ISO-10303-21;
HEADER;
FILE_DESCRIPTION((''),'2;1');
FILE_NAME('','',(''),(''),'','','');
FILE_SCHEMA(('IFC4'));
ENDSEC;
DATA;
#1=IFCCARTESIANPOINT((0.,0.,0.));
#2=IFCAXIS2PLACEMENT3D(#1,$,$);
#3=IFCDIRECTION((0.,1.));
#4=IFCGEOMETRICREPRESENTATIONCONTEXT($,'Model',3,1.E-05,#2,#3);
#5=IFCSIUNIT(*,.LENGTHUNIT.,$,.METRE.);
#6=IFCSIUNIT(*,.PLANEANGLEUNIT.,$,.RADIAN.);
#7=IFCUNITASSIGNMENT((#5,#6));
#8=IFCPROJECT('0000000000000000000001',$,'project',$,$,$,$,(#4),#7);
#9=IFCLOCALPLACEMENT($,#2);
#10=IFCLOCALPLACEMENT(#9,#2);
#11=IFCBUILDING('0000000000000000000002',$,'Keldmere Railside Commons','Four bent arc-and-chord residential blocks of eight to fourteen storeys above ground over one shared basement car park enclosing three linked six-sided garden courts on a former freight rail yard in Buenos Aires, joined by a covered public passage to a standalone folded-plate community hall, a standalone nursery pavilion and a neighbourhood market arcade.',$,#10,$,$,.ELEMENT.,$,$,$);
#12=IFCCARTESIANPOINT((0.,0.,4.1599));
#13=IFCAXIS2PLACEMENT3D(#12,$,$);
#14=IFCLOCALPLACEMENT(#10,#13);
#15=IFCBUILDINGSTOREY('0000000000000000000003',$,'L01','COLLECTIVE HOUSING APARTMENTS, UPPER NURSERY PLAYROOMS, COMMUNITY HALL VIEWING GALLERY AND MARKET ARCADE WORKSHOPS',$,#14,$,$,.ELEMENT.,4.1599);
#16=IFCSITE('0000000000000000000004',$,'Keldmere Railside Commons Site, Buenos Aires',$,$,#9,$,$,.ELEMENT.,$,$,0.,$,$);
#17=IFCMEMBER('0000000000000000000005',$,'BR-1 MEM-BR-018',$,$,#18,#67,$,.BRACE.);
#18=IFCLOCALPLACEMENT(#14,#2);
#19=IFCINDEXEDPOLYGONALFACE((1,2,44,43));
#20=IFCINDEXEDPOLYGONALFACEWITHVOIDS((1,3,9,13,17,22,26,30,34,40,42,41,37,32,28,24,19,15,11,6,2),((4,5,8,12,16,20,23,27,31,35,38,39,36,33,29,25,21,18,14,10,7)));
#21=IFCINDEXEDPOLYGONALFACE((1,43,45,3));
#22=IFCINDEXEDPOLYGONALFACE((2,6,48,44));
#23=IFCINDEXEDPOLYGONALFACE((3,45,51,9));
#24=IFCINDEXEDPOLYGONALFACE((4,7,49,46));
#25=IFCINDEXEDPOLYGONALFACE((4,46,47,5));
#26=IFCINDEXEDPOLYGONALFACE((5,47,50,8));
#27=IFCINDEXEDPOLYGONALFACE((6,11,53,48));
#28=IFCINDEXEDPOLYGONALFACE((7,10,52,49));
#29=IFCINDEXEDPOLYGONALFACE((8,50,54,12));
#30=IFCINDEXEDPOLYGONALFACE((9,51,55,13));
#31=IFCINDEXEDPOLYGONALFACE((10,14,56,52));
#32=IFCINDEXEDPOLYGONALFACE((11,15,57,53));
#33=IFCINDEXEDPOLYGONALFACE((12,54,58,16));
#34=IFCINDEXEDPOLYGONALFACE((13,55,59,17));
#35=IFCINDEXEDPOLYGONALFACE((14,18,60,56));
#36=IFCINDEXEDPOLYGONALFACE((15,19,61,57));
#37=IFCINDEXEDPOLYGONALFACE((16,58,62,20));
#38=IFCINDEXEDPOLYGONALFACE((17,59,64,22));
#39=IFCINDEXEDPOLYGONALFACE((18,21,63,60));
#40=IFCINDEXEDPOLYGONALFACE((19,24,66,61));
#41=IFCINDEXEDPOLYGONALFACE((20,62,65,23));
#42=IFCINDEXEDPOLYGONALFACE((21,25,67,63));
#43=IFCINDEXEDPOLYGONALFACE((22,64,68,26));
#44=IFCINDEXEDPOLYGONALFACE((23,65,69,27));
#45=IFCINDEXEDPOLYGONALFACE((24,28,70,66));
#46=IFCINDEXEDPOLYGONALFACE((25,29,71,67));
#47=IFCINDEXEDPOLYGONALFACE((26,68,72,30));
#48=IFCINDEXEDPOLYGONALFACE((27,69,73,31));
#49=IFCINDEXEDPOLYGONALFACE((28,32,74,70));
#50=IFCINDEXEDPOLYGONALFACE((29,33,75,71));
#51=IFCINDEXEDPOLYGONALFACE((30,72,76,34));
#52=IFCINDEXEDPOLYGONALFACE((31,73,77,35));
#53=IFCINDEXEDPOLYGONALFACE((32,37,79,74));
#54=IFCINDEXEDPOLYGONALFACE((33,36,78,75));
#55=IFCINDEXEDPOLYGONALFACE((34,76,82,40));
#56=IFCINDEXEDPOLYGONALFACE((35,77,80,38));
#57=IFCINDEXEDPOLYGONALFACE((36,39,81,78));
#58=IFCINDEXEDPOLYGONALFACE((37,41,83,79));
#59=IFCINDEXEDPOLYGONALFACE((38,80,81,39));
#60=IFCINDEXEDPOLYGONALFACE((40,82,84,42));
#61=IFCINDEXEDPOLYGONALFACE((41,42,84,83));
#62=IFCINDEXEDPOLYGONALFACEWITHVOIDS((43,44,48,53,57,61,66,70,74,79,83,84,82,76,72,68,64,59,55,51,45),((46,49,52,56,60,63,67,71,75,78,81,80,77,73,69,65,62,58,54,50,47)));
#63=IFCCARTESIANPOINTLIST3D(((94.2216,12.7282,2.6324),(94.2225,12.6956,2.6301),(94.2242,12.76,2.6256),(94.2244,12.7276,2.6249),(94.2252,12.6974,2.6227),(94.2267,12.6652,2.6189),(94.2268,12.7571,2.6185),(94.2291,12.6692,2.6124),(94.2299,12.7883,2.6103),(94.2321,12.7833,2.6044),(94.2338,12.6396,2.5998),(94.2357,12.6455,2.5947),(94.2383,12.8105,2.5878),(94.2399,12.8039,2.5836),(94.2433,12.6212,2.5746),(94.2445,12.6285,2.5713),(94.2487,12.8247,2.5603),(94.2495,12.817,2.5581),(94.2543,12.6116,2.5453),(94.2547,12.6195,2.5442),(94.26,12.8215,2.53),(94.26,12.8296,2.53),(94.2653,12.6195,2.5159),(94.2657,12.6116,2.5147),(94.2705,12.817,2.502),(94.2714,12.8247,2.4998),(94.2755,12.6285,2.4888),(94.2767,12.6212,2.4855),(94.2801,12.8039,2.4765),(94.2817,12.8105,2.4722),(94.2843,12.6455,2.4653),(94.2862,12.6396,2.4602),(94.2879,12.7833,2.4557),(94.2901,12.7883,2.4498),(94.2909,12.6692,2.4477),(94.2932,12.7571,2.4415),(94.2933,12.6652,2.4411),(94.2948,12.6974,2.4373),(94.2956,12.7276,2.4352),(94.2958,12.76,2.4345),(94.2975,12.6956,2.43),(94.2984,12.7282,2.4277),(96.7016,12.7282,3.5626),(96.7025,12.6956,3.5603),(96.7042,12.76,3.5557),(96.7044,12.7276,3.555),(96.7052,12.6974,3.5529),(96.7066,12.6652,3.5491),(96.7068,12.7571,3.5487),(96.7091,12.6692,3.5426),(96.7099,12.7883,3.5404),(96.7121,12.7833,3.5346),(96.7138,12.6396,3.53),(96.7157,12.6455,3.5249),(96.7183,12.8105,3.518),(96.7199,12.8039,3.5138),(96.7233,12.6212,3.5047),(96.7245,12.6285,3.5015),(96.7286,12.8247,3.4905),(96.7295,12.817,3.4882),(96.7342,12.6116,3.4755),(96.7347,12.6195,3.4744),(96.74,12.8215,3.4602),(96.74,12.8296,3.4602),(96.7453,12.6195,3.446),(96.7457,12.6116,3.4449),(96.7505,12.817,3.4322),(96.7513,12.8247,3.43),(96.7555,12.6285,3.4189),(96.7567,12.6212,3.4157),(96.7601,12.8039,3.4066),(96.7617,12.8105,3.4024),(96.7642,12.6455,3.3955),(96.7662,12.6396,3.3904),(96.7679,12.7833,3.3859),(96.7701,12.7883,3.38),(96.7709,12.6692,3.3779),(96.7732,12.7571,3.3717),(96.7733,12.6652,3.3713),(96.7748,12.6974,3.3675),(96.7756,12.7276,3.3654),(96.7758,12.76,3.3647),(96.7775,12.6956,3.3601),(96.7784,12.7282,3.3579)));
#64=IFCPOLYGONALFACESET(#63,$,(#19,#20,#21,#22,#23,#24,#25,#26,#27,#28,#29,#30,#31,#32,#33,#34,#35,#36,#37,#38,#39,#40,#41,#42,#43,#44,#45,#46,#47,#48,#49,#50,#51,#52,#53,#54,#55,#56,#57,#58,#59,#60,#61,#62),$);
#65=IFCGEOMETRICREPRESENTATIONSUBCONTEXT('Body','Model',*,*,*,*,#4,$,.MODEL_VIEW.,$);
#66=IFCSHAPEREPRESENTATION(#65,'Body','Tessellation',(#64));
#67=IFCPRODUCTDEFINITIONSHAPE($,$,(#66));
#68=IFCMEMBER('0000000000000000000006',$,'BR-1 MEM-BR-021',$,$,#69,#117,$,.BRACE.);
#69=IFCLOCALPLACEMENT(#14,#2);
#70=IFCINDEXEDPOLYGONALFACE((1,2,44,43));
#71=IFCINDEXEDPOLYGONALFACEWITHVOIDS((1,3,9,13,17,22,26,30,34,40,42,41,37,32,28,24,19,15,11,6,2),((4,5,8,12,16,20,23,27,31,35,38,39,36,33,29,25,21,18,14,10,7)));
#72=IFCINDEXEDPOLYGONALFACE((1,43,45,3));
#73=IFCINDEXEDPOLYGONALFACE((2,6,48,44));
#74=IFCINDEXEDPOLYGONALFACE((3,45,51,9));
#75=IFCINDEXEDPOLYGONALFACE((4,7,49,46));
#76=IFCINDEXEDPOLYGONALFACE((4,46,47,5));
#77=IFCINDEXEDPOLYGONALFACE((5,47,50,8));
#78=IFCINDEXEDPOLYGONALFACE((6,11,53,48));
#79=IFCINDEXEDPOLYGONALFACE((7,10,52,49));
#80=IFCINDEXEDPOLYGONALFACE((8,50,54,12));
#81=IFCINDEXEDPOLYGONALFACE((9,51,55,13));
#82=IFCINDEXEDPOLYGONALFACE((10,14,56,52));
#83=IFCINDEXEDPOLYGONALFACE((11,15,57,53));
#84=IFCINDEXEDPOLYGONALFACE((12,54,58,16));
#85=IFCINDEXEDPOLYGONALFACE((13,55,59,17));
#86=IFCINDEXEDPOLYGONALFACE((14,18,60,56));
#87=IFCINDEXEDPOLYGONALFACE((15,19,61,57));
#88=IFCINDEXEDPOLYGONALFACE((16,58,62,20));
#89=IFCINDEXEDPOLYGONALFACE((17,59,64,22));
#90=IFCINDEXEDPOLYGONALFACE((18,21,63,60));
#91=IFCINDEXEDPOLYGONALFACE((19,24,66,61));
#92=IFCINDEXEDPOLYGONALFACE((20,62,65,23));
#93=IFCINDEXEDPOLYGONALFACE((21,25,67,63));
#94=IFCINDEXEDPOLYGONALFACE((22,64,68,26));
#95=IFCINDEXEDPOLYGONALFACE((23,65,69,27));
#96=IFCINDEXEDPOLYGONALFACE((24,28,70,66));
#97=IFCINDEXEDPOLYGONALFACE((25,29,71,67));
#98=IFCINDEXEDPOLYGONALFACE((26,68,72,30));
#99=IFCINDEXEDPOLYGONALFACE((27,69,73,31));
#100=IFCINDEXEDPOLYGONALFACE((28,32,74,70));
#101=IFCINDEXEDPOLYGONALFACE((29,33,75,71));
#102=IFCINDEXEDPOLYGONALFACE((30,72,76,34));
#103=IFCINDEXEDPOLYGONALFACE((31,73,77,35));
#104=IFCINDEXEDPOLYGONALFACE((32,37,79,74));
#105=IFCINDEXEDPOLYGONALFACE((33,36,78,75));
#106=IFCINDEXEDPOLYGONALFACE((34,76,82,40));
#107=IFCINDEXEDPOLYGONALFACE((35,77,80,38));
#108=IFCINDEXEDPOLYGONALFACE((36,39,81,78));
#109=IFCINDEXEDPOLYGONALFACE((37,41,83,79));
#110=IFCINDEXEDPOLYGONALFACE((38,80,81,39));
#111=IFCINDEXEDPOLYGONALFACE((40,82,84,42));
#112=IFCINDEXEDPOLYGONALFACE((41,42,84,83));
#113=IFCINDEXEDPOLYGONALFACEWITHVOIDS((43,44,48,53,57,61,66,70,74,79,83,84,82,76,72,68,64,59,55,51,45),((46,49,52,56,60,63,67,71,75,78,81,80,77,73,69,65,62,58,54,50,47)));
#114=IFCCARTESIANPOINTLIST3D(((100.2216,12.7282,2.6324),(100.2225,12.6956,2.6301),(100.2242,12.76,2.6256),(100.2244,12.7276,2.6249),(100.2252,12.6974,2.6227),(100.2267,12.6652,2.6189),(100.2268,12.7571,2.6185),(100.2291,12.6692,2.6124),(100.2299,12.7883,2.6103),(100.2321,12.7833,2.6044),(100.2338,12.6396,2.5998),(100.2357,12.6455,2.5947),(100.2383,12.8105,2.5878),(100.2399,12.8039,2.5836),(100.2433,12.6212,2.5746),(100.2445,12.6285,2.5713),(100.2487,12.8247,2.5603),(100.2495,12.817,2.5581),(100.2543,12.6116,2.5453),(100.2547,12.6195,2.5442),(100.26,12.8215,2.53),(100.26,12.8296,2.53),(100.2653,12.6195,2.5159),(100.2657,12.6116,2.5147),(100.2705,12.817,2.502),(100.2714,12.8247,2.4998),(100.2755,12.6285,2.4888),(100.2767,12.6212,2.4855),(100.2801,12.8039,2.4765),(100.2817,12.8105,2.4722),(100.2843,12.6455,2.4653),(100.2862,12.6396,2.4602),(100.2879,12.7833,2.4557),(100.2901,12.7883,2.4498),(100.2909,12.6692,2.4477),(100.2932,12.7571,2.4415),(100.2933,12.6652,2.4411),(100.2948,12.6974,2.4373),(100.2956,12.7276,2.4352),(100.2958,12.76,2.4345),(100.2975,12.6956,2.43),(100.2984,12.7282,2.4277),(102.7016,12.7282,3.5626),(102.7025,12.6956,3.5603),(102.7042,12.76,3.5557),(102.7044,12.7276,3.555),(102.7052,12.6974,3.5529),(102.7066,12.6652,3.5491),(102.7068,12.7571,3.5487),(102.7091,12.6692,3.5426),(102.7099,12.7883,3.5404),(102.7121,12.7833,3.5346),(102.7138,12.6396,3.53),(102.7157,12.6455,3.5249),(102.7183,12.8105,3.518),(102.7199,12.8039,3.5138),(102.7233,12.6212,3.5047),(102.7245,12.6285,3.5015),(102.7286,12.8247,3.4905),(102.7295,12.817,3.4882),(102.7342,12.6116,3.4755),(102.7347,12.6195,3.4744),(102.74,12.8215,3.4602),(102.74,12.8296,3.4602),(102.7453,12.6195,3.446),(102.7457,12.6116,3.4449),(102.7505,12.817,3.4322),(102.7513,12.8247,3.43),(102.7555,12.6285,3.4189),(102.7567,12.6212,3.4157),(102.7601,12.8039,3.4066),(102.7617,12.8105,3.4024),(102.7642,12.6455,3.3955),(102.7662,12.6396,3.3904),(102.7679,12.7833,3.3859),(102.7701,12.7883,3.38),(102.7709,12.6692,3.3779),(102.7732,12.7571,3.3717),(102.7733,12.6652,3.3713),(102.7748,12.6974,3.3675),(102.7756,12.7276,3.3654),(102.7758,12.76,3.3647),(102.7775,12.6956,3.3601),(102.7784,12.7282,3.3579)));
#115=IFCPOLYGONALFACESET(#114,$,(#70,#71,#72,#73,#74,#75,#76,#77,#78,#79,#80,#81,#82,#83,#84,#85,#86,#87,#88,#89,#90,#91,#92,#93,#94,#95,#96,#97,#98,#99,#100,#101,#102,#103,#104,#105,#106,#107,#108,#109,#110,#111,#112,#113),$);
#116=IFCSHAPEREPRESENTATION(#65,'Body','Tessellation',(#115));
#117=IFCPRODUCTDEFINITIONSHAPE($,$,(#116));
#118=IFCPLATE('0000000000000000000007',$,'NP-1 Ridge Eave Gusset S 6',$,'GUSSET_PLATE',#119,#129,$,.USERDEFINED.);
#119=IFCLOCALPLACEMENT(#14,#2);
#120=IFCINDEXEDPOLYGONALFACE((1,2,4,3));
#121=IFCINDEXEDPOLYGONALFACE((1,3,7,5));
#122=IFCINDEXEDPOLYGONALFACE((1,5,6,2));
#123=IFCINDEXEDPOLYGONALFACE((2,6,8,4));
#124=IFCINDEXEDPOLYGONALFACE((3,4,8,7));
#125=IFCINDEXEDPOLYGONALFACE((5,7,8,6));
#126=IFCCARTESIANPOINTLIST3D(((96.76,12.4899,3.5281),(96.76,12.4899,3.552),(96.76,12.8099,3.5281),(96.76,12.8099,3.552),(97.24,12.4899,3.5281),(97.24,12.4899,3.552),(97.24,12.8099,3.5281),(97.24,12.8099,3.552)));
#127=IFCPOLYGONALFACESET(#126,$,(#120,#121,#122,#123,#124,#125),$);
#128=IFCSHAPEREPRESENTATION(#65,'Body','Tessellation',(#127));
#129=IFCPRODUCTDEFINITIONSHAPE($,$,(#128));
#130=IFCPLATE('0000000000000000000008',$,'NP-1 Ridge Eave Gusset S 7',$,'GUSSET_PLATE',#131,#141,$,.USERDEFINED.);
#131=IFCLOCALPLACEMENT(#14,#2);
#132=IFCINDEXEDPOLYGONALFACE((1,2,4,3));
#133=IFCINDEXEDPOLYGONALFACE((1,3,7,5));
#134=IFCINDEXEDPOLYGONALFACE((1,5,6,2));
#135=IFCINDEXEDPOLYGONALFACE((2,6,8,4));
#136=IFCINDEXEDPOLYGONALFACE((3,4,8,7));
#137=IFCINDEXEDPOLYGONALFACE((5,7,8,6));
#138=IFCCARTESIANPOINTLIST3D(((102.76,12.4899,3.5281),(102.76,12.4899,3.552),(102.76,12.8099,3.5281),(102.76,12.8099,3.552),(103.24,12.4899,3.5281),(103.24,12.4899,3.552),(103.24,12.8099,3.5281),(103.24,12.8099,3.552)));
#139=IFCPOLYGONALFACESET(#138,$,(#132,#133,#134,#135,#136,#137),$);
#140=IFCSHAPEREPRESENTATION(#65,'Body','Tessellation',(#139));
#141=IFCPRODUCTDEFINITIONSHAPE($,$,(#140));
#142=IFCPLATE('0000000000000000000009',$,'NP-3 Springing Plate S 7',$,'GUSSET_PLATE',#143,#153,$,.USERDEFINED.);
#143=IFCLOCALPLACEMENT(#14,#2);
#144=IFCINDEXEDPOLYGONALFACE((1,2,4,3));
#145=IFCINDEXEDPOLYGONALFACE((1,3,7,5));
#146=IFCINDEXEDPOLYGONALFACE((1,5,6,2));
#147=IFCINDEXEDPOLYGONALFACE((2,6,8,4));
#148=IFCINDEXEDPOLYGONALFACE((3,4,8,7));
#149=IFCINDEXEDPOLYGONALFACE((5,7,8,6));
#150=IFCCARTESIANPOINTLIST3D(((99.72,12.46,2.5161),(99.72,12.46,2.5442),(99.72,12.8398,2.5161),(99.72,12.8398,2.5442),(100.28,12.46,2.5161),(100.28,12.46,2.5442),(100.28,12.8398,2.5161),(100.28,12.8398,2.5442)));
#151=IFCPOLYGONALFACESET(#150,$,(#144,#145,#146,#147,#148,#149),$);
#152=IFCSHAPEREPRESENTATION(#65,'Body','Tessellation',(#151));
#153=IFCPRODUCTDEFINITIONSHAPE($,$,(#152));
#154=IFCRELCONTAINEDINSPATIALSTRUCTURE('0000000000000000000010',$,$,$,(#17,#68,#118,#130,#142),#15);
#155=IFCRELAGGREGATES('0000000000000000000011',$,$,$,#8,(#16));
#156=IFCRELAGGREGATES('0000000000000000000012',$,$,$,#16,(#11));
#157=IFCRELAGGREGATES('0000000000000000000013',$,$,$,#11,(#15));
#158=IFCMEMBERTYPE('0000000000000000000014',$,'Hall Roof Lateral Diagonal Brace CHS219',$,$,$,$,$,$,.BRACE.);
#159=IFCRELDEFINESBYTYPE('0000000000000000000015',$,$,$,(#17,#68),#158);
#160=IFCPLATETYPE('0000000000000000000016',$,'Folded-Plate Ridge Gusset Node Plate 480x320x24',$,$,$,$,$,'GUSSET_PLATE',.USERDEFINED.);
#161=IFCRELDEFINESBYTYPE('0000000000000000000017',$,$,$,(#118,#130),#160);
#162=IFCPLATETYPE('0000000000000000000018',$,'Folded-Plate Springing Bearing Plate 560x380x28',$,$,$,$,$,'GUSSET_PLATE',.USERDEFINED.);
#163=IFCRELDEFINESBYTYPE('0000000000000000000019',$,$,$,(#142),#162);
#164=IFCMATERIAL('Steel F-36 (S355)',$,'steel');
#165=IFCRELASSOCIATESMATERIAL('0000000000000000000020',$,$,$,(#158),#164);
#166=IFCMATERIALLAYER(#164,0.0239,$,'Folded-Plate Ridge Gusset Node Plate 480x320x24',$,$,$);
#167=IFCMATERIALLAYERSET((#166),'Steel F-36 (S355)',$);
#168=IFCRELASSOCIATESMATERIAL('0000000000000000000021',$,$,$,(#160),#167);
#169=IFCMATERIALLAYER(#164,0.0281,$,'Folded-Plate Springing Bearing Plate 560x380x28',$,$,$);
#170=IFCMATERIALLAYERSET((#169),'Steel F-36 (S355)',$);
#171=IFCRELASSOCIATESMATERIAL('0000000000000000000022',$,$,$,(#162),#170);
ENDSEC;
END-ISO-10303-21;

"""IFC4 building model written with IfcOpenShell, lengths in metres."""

from ifc_helpers import new_model, si_unit, direction, frame, origin, origin_2d, place, context, subcontext, project, spatial, rectangle, hollow_circle, extrude, material, layer, layer_set, material_profile, profile_set, type_object, element, save


model = new_model("IFC4")

# Units and contexts
model_context = context("Model", 3, precision=1e-05, world=origin(), true_north=direction((0.0, 1.0)))
body_context = subcontext(model_context, "Body", "Model", "MODEL_VIEW")
ifc_project = project(units=[si_unit("LENGTHUNIT", "METRE"), si_unit("PLANEANGLEUNIT", "RADIAN")], contexts=[model_context])

# Site, building, storey
site_placement = place(None, origin())
site = spatial("IfcSite", under=ifc_project, at=site_placement, Name="Keldmere Railside Commons Site, Buenos Aires", CompositionType="ELEMENT", RefElevation=0.0)
building_placement = place(site_placement, origin())
building = spatial("IfcBuilding", under=site, at=building_placement, Name="Keldmere Railside Commons", Description="Four bent arc-and-chord residential blocks of eight to fourteen storeys above ground over one shared basement car park enclosing three linked six-sided garden courts on a former freight rail yard in Buenos Aires, joined by a covered public passage to a standalone folded-plate community hall, a standalone nursery pavilion and a neighbourhood market arcade.", CompositionType="ELEMENT")
storey_placement = place(building_placement, frame((0.0, 0.0, 4.1599)))
storey = spatial("IfcBuildingStorey", under=building, at=storey_placement, Name="L01", Description="COLLECTIVE HOUSING APARTMENTS, UPPER NURSERY PLAYROOMS, COMMUNITY HALL VIEWING GALLERY AND MARKET ARCADE WORKSHOPS", CompositionType="ELEMENT", Elevation=4.1599)

# Shared definitions
ifc_material_1 = material(Name="Steel F-36 (S355)", Category="steel")

# Members
ifc_material_profile_1 = material_profile(ifc_material_1, hollow_circle(Radius=0.1096, WallThickness=0.0081, at=origin_2d()), Name="CHS-219x8")
ifc_profile_set_1 = profile_set([ifc_material_profile_1], Name="Steel F-36 (S355)")
member_type_1 = type_object("IfcMemberType", Name="Hall Roof Lateral Diagonal Brace CHS219", PredefinedType="BRACE", material=ifc_profile_set_1)
for number, where, z_axis, x_axis, name in (
    (1, (94.26, 12.72, 2.53), (0.936306, 0.0, 0.351184), (0.0, 1.0, 0.0), "BR-1 MEM-BR-018"),
    (2, (100.26, 12.72, 2.53), (0.936306, 0.0, 0.351184), (0.0, 1.0, 0.0), "BR-1 MEM-BR-021"),
):
    element("IfcMember", number, at=place(storey_placement, frame(where, z_axis=z_axis, x_axis=x_axis)), inside=storey, type_object=member_type_1, Name=name, PredefinedType="BRACE", context=body_context, shape_type="SweptSolid", body=[
        extrude(hollow_circle(Radius=0.1096, WallThickness=0.0081, at=origin_2d()), origin(), (0.0, 0.0, 1.0), 2.6487),
    ])

# Plates
ifc_layer_1 = layer(ifc_material_1, 0.0239, Name="Folded-Plate Ridge Gusset Node Plate 480x320x24")
ifc_layer_set_1 = layer_set([ifc_layer_1], Name="Steel F-36 (S355)")
plate_type_1 = type_object("IfcPlateType", Name="Folded-Plate Ridge Gusset Node Plate 480x320x24", ElementType="GUSSET_PLATE", PredefinedType="USERDEFINED", material=ifc_layer_set_1)
for number, where, z_axis, x_axis, name in (
    (3, (97.0, 12.6499, 3.5281), (0.0, 0.0, 1.0), (1.0, 0.0, 0.0), "NP-1 Ridge Eave Gusset S 6"),
    (4, (103.0, 12.6499, 3.5281), (0.0, 0.0, 1.0), (1.0, 0.0, 0.0), "NP-1 Ridge Eave Gusset S 7"),
):
    element("IfcPlate", number, at=place(storey_placement, frame(where, z_axis=z_axis, x_axis=x_axis)), inside=storey, type_object=plate_type_1, Name=name, ObjectType="GUSSET_PLATE", PredefinedType="USERDEFINED", context=body_context, shape_type="SweptSolid", body=[
        extrude(rectangle(XDim=0.48, YDim=0.3201, at=origin_2d()), origin(), (0.0, 0.0, 1.0), 0.0239),
    ])
ifc_layer_2 = layer(ifc_material_1, 0.0281, Name="Folded-Plate Springing Bearing Plate 560x380x28")
ifc_layer_set_2 = layer_set([ifc_layer_2], Name="Steel F-36 (S355)")
plate_type_2 = type_object("IfcPlateType", Name="Folded-Plate Springing Bearing Plate 560x380x28", ElementType="GUSSET_PLATE", PredefinedType="USERDEFINED", material=ifc_layer_set_2)
plate_placement = place(storey_placement, frame((100.0, 12.6499, 2.5161), z_axis=(0.0, 0.0, 1.0), x_axis=(1.0, 0.0, 0.0)))
element("IfcPlate", 5, at=plate_placement, inside=storey, type_object=plate_type_2, Name="NP-3 Springing Plate S 7", ObjectType="GUSSET_PLATE", PredefinedType="USERDEFINED", context=body_context, shape_type="SweptSolid", body=[
    extrude(rectangle(XDim=0.5601, YDim=0.3799, at=origin_2d()), origin(), (0.0, 0.0, 1.0), 0.0281),
])

save(model, "model.ifc")
